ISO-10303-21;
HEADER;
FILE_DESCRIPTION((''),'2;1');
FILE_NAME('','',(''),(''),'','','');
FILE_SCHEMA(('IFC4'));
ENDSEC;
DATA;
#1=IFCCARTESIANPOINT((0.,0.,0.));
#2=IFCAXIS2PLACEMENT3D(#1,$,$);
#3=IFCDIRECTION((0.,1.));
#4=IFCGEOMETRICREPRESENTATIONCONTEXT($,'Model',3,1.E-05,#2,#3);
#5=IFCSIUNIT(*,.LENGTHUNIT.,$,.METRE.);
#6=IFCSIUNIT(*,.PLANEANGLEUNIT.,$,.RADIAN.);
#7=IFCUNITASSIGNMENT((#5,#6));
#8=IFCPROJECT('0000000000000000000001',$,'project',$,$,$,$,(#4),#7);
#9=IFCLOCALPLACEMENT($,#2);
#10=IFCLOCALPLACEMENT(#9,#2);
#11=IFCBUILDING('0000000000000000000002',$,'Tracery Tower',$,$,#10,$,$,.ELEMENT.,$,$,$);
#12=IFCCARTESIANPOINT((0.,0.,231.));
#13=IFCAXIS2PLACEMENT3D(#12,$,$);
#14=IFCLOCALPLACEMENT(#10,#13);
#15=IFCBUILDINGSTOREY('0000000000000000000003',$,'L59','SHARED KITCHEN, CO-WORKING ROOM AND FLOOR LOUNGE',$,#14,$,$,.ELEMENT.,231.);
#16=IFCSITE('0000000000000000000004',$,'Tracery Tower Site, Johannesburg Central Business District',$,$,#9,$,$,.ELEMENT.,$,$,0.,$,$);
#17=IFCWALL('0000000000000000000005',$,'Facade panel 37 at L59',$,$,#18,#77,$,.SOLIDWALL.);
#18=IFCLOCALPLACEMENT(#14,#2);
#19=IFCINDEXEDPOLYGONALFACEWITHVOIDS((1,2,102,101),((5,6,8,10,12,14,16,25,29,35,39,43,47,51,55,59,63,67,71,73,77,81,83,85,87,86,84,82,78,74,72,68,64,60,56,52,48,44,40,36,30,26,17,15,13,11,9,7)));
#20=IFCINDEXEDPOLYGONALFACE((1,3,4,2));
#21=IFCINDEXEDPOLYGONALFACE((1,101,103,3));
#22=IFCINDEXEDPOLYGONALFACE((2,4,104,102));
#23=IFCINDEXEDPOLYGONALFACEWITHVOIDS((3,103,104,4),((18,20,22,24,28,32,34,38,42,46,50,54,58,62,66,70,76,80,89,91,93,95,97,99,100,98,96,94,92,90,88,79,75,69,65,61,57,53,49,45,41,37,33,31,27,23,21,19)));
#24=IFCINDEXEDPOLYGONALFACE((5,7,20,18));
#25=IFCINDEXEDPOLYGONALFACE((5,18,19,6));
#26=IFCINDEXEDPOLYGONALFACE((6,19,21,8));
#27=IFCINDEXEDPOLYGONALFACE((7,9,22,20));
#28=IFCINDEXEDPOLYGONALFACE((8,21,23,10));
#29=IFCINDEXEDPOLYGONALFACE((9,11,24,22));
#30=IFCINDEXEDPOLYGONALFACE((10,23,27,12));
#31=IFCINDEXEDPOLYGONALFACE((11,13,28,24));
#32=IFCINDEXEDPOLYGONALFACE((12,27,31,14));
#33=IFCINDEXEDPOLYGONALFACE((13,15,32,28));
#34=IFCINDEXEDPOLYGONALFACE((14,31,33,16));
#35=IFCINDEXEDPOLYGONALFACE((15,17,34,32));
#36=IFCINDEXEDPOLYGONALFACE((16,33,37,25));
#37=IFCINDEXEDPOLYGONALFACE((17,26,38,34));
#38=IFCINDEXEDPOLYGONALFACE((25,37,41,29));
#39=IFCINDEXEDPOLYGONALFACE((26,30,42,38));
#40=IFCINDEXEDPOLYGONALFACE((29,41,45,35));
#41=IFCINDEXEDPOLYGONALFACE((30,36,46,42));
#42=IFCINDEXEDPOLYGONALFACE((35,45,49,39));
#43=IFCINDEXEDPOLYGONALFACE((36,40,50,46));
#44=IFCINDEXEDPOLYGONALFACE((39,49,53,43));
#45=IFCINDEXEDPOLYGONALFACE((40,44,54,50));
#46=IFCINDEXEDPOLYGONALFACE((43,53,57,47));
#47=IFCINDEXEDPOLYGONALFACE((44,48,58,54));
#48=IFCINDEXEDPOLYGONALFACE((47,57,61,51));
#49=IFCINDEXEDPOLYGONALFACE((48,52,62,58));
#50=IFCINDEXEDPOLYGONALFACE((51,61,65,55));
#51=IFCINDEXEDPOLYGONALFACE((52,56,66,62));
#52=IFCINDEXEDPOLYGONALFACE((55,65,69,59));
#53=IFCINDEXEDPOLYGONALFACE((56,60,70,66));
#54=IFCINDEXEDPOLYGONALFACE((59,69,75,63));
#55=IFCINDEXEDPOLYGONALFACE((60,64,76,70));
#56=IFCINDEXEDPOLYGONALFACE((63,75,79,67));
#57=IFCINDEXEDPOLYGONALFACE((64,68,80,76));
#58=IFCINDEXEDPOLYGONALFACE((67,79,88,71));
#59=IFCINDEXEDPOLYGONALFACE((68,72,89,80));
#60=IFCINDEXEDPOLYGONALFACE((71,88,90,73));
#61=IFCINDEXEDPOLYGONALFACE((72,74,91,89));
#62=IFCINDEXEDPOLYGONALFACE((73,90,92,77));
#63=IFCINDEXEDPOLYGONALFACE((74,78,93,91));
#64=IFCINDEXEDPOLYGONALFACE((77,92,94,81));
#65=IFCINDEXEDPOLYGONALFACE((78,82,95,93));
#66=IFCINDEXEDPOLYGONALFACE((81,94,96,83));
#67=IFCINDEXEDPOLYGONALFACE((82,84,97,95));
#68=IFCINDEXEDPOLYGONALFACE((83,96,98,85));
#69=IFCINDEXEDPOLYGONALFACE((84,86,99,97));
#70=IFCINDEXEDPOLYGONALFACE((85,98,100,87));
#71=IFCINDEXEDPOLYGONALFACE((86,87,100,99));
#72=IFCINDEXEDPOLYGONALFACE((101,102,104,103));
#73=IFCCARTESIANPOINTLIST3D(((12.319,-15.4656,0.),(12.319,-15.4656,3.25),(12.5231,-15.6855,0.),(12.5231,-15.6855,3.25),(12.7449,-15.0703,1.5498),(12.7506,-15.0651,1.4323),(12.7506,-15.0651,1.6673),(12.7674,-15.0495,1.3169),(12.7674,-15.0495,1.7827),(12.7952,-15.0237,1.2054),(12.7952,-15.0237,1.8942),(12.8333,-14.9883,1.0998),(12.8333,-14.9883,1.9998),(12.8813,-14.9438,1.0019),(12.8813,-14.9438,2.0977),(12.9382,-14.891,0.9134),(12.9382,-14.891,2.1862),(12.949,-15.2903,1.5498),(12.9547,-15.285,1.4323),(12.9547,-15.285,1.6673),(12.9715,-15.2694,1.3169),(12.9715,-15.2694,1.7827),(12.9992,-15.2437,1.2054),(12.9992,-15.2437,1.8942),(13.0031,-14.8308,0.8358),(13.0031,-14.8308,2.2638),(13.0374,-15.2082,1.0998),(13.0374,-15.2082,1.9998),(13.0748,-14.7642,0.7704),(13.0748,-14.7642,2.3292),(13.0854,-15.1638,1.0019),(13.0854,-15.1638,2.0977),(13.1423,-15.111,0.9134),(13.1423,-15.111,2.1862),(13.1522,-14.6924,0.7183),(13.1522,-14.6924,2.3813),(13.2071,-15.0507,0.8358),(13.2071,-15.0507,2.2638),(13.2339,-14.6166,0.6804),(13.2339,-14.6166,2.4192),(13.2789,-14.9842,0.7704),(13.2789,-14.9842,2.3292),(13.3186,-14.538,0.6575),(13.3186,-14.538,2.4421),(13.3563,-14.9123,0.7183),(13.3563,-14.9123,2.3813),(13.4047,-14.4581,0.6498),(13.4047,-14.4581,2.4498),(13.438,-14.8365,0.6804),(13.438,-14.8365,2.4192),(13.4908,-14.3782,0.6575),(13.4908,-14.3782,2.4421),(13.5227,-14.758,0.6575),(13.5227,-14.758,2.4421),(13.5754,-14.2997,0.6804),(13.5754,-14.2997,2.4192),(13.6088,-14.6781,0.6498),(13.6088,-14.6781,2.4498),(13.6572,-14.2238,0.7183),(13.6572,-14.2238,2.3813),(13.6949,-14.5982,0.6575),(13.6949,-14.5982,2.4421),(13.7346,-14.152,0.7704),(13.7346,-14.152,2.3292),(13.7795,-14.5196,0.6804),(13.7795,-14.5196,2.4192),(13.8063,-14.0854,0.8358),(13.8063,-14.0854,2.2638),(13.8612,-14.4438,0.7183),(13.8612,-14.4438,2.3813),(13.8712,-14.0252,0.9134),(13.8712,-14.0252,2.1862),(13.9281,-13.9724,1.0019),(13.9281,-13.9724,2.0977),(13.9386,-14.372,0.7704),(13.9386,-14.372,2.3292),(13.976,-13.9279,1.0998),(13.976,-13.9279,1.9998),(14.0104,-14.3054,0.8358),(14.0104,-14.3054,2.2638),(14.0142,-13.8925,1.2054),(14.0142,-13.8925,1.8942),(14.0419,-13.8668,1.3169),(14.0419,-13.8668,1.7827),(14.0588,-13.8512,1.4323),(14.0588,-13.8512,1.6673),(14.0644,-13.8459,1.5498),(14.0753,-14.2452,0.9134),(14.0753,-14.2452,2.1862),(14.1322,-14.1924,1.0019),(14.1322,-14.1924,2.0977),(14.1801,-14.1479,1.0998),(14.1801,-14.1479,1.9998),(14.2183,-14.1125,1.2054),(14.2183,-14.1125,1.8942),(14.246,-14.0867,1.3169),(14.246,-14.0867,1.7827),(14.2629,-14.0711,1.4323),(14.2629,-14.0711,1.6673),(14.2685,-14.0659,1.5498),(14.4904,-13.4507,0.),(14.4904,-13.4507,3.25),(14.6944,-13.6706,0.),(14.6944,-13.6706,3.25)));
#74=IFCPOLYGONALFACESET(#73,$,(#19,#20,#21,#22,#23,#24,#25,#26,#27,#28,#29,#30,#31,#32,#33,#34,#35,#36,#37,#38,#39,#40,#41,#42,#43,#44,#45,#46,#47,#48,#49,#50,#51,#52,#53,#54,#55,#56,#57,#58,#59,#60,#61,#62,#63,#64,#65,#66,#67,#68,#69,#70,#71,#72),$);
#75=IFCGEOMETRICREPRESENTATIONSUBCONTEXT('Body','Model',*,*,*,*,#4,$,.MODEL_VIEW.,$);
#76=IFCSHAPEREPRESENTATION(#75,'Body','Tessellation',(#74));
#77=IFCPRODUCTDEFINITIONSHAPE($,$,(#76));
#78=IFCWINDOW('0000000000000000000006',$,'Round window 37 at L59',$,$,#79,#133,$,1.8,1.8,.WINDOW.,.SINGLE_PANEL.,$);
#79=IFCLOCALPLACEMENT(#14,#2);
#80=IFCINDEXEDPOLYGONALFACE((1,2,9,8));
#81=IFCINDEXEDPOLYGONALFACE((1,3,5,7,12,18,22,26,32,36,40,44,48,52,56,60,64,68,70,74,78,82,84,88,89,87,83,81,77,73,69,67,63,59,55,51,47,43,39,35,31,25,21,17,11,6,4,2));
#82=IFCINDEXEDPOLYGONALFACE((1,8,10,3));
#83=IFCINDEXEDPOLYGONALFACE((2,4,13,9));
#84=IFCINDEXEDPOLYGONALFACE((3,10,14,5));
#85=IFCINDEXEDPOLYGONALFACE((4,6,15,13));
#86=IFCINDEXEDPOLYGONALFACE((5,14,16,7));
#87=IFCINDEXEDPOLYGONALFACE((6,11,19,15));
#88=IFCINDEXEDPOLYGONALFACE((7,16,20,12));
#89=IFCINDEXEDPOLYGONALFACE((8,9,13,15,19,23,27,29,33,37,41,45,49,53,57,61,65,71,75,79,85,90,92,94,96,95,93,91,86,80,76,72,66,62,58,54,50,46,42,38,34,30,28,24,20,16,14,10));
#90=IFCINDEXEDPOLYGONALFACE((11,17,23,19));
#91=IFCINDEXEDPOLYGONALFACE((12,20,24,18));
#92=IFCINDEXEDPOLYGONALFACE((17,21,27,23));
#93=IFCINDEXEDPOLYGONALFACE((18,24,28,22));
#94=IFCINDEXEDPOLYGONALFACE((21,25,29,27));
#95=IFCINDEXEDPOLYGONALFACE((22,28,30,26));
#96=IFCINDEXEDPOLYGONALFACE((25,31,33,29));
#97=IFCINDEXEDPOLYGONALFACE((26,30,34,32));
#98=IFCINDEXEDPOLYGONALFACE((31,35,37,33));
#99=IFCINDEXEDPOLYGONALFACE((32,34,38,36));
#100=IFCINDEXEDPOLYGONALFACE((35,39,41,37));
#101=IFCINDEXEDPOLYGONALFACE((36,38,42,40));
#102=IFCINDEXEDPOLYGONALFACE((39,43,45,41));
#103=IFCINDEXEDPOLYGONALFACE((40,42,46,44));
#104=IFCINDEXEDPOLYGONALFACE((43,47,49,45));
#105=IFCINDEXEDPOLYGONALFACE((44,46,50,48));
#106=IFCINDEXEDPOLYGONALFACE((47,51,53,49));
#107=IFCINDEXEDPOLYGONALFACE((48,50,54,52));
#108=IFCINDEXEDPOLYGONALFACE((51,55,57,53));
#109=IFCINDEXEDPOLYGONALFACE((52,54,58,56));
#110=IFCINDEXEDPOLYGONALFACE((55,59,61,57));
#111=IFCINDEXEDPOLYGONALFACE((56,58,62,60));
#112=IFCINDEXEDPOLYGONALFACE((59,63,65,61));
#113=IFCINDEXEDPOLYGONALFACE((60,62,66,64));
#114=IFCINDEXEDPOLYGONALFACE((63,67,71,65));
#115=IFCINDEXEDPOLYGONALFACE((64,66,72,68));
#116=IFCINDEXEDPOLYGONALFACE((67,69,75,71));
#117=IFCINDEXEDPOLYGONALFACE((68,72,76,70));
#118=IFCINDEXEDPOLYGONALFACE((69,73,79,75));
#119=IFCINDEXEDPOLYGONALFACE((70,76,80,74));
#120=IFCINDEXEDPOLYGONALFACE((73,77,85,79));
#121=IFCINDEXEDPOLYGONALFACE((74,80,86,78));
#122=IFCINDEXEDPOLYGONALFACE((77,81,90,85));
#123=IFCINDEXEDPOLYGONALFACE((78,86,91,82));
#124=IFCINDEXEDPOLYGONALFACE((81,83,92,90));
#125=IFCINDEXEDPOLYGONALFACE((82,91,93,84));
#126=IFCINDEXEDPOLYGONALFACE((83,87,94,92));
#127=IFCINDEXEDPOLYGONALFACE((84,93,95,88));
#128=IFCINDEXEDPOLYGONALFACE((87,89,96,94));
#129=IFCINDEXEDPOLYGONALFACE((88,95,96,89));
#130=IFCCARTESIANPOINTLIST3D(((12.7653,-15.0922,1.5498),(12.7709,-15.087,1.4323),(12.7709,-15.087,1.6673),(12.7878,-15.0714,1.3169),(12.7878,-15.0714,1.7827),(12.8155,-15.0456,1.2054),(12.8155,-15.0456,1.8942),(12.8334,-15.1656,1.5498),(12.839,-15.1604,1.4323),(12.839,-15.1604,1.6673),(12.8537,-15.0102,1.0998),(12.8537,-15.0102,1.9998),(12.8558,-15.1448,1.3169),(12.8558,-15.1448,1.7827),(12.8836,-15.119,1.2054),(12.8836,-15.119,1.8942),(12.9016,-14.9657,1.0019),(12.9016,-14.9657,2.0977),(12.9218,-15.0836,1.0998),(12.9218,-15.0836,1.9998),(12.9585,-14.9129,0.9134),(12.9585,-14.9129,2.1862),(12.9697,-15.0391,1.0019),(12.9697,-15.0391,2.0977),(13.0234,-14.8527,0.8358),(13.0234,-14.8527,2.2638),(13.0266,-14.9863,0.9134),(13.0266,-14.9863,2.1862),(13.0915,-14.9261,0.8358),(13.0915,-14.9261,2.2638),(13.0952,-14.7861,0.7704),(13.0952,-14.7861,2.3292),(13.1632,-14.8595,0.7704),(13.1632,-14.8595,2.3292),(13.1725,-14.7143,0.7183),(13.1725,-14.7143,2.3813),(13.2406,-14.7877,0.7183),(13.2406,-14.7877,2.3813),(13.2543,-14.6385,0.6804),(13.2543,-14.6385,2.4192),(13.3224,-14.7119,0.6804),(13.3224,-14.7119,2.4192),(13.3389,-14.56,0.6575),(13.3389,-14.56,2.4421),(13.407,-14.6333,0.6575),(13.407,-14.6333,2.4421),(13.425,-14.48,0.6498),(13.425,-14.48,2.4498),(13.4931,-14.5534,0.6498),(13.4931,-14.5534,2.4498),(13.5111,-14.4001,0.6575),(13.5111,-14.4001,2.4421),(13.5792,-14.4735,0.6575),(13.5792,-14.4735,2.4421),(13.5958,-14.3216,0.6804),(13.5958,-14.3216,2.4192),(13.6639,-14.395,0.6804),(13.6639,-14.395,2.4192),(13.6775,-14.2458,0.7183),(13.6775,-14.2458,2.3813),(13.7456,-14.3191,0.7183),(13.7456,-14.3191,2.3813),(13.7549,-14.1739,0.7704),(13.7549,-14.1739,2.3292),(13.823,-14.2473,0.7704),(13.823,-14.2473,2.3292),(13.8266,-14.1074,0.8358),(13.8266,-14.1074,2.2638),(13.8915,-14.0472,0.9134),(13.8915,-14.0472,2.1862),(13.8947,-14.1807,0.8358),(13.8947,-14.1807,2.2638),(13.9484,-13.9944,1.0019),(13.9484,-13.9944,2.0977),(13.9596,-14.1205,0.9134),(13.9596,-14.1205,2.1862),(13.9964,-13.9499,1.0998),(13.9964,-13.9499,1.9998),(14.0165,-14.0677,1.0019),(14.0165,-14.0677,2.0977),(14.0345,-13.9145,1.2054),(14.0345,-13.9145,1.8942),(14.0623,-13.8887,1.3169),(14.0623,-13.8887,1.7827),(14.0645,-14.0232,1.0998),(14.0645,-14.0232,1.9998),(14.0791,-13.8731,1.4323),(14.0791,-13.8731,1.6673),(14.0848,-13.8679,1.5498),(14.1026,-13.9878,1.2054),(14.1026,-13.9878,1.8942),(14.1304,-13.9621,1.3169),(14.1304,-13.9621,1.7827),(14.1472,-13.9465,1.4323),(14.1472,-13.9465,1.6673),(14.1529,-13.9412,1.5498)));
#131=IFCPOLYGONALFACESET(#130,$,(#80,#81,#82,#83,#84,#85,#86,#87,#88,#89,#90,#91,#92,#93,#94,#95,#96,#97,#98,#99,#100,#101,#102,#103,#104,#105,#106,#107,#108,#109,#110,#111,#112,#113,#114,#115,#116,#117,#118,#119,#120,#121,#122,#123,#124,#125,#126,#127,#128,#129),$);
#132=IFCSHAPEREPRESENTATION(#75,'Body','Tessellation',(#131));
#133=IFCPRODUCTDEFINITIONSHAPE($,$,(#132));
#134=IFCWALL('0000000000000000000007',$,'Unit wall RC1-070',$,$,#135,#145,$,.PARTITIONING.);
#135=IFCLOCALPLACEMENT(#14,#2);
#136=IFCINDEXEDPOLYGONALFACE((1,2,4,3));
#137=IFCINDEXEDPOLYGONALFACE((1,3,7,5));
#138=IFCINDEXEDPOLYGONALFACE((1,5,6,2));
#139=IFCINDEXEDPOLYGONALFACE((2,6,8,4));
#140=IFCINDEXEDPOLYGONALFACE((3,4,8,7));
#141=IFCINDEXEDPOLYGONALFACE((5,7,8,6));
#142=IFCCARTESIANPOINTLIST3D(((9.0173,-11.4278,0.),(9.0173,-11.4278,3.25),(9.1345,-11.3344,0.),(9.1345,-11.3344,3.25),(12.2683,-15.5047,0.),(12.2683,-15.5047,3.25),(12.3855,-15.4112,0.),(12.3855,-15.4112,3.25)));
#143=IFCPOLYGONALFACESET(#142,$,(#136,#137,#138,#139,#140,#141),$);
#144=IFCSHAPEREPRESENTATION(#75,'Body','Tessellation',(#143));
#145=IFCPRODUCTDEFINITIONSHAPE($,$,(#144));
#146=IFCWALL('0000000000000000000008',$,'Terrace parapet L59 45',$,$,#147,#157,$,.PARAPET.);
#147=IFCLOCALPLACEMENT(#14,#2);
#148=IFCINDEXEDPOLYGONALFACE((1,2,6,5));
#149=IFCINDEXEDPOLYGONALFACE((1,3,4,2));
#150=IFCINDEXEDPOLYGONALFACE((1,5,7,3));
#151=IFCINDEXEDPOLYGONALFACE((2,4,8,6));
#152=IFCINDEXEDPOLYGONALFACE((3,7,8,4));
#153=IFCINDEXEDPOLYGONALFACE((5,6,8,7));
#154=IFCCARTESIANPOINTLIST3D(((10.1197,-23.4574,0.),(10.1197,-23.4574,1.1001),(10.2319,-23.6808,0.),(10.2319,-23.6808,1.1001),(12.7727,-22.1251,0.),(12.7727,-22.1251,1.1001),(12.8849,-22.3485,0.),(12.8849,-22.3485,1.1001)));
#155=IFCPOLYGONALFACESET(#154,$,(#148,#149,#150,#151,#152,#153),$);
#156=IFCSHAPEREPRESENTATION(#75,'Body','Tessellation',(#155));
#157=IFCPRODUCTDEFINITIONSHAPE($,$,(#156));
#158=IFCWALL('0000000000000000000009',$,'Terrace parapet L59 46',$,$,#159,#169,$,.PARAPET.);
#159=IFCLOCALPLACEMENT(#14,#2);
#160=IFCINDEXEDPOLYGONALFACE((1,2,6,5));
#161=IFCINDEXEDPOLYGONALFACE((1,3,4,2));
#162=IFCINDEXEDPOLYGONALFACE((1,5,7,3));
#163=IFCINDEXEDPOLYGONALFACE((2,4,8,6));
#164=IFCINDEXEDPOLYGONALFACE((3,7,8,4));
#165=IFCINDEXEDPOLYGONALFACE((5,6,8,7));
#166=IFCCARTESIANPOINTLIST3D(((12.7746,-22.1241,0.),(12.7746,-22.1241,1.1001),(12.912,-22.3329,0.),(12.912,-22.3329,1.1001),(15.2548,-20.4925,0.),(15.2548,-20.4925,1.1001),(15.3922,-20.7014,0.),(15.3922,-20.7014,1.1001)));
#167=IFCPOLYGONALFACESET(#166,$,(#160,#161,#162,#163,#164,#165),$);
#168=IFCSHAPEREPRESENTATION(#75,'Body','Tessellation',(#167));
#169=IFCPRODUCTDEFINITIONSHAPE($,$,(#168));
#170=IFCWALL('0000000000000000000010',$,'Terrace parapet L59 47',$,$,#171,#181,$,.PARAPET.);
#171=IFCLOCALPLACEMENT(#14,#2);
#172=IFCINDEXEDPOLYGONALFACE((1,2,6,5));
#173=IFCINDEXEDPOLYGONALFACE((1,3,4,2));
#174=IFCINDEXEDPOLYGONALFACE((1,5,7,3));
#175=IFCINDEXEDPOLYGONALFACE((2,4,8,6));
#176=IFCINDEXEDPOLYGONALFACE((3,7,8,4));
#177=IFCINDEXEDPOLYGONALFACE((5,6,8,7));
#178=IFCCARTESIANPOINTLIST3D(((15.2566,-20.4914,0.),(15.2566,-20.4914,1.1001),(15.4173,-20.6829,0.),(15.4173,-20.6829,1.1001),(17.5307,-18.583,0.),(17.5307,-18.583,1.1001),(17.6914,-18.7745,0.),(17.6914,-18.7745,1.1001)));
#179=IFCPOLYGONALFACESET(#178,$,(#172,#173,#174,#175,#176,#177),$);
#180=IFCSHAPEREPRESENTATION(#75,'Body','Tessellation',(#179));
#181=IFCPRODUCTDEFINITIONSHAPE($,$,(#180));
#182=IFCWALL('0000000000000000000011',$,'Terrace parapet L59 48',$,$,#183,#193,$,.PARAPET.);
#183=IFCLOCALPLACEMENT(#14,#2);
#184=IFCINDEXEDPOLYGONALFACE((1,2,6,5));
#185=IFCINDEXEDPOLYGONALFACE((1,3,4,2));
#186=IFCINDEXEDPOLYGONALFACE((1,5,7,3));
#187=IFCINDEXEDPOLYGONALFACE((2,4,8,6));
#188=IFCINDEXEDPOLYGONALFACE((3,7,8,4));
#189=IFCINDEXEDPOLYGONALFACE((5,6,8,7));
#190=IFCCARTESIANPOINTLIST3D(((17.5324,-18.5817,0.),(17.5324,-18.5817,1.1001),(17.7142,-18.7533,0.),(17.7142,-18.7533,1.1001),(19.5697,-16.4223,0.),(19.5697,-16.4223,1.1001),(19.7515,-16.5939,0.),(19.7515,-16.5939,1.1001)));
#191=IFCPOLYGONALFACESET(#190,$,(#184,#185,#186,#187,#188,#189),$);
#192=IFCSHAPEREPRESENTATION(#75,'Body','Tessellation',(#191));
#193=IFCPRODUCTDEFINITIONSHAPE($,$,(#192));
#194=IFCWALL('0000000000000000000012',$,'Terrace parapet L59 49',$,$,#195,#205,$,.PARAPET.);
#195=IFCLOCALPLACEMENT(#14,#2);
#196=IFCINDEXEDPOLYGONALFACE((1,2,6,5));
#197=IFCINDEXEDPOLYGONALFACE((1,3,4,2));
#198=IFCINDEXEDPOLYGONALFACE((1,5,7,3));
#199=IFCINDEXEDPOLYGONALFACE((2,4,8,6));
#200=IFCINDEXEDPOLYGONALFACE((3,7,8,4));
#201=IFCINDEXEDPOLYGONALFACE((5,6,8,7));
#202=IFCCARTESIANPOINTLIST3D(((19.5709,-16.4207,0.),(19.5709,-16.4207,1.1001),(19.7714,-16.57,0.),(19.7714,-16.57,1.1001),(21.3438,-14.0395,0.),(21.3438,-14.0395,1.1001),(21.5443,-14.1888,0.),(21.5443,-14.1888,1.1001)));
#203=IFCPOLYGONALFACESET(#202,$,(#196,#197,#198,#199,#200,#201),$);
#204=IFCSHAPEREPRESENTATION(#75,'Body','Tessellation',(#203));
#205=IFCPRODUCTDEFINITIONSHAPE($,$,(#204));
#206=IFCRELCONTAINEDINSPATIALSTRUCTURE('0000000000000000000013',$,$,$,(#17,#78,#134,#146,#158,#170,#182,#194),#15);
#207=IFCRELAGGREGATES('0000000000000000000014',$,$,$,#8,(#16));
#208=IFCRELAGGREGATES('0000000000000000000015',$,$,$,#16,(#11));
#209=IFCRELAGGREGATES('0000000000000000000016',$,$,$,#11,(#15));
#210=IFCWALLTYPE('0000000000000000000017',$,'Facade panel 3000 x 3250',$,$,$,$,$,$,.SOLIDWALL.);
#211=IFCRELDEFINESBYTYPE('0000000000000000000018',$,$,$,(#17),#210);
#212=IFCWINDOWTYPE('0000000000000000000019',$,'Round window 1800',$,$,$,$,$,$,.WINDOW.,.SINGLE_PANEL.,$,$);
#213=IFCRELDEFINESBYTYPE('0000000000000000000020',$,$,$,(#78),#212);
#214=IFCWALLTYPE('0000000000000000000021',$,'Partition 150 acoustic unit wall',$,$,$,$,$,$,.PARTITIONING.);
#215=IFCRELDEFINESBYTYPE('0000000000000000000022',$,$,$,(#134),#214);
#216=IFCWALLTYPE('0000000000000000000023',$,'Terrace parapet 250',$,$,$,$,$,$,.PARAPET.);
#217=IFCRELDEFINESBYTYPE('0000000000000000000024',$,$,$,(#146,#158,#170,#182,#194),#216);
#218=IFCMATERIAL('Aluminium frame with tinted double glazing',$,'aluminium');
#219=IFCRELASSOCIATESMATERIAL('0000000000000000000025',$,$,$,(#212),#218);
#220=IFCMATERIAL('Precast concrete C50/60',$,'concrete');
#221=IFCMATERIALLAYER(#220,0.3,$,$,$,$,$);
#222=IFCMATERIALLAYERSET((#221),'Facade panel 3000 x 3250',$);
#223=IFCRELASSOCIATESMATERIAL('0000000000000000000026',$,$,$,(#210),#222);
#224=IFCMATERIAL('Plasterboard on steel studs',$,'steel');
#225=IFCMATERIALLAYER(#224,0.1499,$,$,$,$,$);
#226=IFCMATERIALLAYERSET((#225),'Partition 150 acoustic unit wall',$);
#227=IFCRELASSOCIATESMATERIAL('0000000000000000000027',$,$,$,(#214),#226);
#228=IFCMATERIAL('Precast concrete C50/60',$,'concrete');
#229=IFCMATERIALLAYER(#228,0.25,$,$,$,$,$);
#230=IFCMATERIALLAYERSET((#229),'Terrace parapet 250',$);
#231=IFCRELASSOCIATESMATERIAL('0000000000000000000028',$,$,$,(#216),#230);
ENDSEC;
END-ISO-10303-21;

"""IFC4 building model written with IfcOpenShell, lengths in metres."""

from ifc_helpers import new_model, si_unit, direction, frame, frame_2d, origin, origin_2d, place, context, subcontext, project, spatial, rectangle, circle, extrude, material, layer, layer_set, type_object, element, fill, save


model = new_model("IFC4")

# Units and contexts
model_context = context("Model", 3, precision=1e-05, world=origin(), true_north=direction((0.0, 1.0)))
body_context = subcontext(model_context, "Body", "Model", "MODEL_VIEW")
ifc_project = project(units=[si_unit("LENGTHUNIT", "METRE"), si_unit("PLANEANGLEUNIT", "RADIAN")], contexts=[model_context])

# Site, building, storey
site_placement = place(None, origin())
site = spatial("IfcSite", under=ifc_project, at=site_placement, Name="Tracery Tower Site, Johannesburg Central Business District", CompositionType="ELEMENT", RefElevation=0.0)
building_placement = place(site_placement, origin())
building = spatial("IfcBuilding", under=site, at=building_placement, Name="Tracery Tower", CompositionType="ELEMENT")
storey_placement = place(building_placement, frame((0.0, 0.0, 231.0)))
storey = spatial("IfcBuildingStorey", under=building, at=storey_placement, Name="L59", Description="SHARED KITCHEN, CO-WORKING ROOM AND FLOOR LOUNGE", CompositionType="ELEMENT", Elevation=231.0)

# Wall, opening, window
ifc_material_1 = material(Name="Aluminium frame with tinted double glazing", Category="aluminium")
window_type = type_object("IfcWindowType", Name="Round window 1800", PartitioningType="SINGLE_PANEL", PredefinedType="WINDOW", material=ifc_material_1)
ifc_material_2 = material(Name="Precast concrete C50/60", Category="concrete")
ifc_layer_1 = layer(ifc_material_2, 0.3)
ifc_layer_set_1 = layer_set([ifc_layer_1], Name="Facade panel 3000 x 3250")
wall_type_1 = type_object("IfcWallType", Name="Facade panel 3000 x 3250", PredefinedType="SOLIDWALL", material=ifc_layer_set_1)
wall_1_placement = place(storey_placement, frame((12.4211, -15.5754, 0.0), z_axis=(0.0, 0.0, 1.0), x_axis=(0.733028, 0.680198, 0.0)))
wall_1 = element("IfcWall", 1, at=wall_1_placement, inside=storey, type_object=wall_type_1, Name="Facade panel 37 at L59", PredefinedType="SOLIDWALL", context=body_context, shape_type="SweptSolid", body=[
    extrude(rectangle(XDim=2.9622, YDim=0.3, at=frame_2d((1.481, 0.0))), origin(), (0.0, 0.0, 1.0), 3.25),
])
opening_1_placement = place(wall_1_placement, frame((1.481, 0.0, 1.5498)))
opening_1 = element("IfcOpeningElement", 2, at=opening_1_placement, cuts=wall_1, PredefinedType="OPENING", context=body_context, shape_type="SweptSolid", body=[
    extrude(circle(Radius=0.9, at=origin_2d()), frame((0.0, 0.1599, 0.0), z_axis=(0.0, -1.0, 0.0), x_axis=(1.0, 0.0, 0.0)), (0.0, 0.0, 1.0), 0.3201),
])
window_1_placement = place(opening_1_placement, origin())
window_1 = element("IfcWindow", 3, at=window_1_placement, inside=storey, type_object=window_type, Name="Round window 37 at L59", OverallHeight=1.8, OverallWidth=1.8, PartitioningType="SINGLE_PANEL", PredefinedType="WINDOW", context=body_context, shape_type="SweptSolid", body=[
    extrude(circle(Radius=0.9, at=origin_2d()), frame((0.0, 0.1201, 0.0), z_axis=(0.0, -1.0, 0.0), x_axis=(1.0, 0.0, 0.0)), (0.0, 0.0, 1.0), 0.1001),
])
fill(opening_1, window_1)

# Walls
ifc_material_3 = material(Name="Plasterboard on steel studs", Category="steel")
ifc_layer_2 = layer(ifc_material_3, 0.1499)
ifc_layer_set_2 = layer_set([ifc_layer_2], Name="Partition 150 acoustic unit wall")
wall_type_2 = type_object("IfcWallType", Name="Partition 150 acoustic unit wall", PredefinedType="PARTITIONING", material=ifc_layer_set_2)
wall_2_placement = place(storey_placement, frame((9.0759, -11.3811, 0.0), z_axis=(0.0, 0.0, 1.0), x_axis=(0.623461, -0.781854, 0.0)))
element("IfcWall", 4, at=wall_2_placement, inside=storey, type_object=wall_type_2, Name="Unit wall RC1-070", PredefinedType="PARTITIONING", context=body_context, shape_type="SweptSolid", body=[
    extrude(rectangle(XDim=5.2144, YDim=0.1499, at=frame_2d((2.6072, 0.0))), origin(), (0.0, 0.0, 1.0), 3.25),
])
ifc_material_4 = material(Name="Precast concrete C50/60", Category="concrete")
ifc_layer_3 = layer(ifc_material_4, 0.25)
ifc_layer_set_3 = layer_set([ifc_layer_3], Name="Terrace parapet 250")
wall_type_3 = type_object("IfcWallType", Name="Terrace parapet 250", PredefinedType="PARAPET", material=ifc_layer_set_3)
for number, where, z_axis, x_axis, name in (
    (5, (10.1758, -23.5691, 0.0), (0.0, 0.0, 1.0), (0.893653, 0.448759, 0.0), "Terrace parapet L59 45"),
    (6, (12.8433, -22.2285, 0.0), (0.0, 0.0, 1.0), (0.835438, 0.549585, 0.0), "Terrace parapet L59 46"),
    (7, (15.3369, -20.5872, 0.0), (0.0, 0.0, 1.0), (0.766013, 0.642826, 0.0), "Terrace parapet L59 47"),
    (8, (17.6233, -18.6675, 0.0), (0.0, 0.0, 1.0), (0.686249, 0.727367, 0.0), "Terrace parapet L59 48"),
    (9, (19.6711, -16.4954, 0.0), (0.0, 0.0, 1.0), (0.597181, 0.802107, 0.0), "Terrace parapet L59 49"),
):
    element("IfcWall", number, at=place(storey_placement, frame(where, z_axis=z_axis, x_axis=x_axis)), inside=storey, type_object=wall_type_3, Name=name, PredefinedType="PARAPET", context=body_context, shape_type="SweptSolid", body=[
        extrude(rectangle(XDim=2.9688, YDim=0.25, at=frame_2d((1.4844, 0.0))), origin(), (0.0, 0.0, 1.0), 1.1001),
    ])

save(model, "model.ifc")
